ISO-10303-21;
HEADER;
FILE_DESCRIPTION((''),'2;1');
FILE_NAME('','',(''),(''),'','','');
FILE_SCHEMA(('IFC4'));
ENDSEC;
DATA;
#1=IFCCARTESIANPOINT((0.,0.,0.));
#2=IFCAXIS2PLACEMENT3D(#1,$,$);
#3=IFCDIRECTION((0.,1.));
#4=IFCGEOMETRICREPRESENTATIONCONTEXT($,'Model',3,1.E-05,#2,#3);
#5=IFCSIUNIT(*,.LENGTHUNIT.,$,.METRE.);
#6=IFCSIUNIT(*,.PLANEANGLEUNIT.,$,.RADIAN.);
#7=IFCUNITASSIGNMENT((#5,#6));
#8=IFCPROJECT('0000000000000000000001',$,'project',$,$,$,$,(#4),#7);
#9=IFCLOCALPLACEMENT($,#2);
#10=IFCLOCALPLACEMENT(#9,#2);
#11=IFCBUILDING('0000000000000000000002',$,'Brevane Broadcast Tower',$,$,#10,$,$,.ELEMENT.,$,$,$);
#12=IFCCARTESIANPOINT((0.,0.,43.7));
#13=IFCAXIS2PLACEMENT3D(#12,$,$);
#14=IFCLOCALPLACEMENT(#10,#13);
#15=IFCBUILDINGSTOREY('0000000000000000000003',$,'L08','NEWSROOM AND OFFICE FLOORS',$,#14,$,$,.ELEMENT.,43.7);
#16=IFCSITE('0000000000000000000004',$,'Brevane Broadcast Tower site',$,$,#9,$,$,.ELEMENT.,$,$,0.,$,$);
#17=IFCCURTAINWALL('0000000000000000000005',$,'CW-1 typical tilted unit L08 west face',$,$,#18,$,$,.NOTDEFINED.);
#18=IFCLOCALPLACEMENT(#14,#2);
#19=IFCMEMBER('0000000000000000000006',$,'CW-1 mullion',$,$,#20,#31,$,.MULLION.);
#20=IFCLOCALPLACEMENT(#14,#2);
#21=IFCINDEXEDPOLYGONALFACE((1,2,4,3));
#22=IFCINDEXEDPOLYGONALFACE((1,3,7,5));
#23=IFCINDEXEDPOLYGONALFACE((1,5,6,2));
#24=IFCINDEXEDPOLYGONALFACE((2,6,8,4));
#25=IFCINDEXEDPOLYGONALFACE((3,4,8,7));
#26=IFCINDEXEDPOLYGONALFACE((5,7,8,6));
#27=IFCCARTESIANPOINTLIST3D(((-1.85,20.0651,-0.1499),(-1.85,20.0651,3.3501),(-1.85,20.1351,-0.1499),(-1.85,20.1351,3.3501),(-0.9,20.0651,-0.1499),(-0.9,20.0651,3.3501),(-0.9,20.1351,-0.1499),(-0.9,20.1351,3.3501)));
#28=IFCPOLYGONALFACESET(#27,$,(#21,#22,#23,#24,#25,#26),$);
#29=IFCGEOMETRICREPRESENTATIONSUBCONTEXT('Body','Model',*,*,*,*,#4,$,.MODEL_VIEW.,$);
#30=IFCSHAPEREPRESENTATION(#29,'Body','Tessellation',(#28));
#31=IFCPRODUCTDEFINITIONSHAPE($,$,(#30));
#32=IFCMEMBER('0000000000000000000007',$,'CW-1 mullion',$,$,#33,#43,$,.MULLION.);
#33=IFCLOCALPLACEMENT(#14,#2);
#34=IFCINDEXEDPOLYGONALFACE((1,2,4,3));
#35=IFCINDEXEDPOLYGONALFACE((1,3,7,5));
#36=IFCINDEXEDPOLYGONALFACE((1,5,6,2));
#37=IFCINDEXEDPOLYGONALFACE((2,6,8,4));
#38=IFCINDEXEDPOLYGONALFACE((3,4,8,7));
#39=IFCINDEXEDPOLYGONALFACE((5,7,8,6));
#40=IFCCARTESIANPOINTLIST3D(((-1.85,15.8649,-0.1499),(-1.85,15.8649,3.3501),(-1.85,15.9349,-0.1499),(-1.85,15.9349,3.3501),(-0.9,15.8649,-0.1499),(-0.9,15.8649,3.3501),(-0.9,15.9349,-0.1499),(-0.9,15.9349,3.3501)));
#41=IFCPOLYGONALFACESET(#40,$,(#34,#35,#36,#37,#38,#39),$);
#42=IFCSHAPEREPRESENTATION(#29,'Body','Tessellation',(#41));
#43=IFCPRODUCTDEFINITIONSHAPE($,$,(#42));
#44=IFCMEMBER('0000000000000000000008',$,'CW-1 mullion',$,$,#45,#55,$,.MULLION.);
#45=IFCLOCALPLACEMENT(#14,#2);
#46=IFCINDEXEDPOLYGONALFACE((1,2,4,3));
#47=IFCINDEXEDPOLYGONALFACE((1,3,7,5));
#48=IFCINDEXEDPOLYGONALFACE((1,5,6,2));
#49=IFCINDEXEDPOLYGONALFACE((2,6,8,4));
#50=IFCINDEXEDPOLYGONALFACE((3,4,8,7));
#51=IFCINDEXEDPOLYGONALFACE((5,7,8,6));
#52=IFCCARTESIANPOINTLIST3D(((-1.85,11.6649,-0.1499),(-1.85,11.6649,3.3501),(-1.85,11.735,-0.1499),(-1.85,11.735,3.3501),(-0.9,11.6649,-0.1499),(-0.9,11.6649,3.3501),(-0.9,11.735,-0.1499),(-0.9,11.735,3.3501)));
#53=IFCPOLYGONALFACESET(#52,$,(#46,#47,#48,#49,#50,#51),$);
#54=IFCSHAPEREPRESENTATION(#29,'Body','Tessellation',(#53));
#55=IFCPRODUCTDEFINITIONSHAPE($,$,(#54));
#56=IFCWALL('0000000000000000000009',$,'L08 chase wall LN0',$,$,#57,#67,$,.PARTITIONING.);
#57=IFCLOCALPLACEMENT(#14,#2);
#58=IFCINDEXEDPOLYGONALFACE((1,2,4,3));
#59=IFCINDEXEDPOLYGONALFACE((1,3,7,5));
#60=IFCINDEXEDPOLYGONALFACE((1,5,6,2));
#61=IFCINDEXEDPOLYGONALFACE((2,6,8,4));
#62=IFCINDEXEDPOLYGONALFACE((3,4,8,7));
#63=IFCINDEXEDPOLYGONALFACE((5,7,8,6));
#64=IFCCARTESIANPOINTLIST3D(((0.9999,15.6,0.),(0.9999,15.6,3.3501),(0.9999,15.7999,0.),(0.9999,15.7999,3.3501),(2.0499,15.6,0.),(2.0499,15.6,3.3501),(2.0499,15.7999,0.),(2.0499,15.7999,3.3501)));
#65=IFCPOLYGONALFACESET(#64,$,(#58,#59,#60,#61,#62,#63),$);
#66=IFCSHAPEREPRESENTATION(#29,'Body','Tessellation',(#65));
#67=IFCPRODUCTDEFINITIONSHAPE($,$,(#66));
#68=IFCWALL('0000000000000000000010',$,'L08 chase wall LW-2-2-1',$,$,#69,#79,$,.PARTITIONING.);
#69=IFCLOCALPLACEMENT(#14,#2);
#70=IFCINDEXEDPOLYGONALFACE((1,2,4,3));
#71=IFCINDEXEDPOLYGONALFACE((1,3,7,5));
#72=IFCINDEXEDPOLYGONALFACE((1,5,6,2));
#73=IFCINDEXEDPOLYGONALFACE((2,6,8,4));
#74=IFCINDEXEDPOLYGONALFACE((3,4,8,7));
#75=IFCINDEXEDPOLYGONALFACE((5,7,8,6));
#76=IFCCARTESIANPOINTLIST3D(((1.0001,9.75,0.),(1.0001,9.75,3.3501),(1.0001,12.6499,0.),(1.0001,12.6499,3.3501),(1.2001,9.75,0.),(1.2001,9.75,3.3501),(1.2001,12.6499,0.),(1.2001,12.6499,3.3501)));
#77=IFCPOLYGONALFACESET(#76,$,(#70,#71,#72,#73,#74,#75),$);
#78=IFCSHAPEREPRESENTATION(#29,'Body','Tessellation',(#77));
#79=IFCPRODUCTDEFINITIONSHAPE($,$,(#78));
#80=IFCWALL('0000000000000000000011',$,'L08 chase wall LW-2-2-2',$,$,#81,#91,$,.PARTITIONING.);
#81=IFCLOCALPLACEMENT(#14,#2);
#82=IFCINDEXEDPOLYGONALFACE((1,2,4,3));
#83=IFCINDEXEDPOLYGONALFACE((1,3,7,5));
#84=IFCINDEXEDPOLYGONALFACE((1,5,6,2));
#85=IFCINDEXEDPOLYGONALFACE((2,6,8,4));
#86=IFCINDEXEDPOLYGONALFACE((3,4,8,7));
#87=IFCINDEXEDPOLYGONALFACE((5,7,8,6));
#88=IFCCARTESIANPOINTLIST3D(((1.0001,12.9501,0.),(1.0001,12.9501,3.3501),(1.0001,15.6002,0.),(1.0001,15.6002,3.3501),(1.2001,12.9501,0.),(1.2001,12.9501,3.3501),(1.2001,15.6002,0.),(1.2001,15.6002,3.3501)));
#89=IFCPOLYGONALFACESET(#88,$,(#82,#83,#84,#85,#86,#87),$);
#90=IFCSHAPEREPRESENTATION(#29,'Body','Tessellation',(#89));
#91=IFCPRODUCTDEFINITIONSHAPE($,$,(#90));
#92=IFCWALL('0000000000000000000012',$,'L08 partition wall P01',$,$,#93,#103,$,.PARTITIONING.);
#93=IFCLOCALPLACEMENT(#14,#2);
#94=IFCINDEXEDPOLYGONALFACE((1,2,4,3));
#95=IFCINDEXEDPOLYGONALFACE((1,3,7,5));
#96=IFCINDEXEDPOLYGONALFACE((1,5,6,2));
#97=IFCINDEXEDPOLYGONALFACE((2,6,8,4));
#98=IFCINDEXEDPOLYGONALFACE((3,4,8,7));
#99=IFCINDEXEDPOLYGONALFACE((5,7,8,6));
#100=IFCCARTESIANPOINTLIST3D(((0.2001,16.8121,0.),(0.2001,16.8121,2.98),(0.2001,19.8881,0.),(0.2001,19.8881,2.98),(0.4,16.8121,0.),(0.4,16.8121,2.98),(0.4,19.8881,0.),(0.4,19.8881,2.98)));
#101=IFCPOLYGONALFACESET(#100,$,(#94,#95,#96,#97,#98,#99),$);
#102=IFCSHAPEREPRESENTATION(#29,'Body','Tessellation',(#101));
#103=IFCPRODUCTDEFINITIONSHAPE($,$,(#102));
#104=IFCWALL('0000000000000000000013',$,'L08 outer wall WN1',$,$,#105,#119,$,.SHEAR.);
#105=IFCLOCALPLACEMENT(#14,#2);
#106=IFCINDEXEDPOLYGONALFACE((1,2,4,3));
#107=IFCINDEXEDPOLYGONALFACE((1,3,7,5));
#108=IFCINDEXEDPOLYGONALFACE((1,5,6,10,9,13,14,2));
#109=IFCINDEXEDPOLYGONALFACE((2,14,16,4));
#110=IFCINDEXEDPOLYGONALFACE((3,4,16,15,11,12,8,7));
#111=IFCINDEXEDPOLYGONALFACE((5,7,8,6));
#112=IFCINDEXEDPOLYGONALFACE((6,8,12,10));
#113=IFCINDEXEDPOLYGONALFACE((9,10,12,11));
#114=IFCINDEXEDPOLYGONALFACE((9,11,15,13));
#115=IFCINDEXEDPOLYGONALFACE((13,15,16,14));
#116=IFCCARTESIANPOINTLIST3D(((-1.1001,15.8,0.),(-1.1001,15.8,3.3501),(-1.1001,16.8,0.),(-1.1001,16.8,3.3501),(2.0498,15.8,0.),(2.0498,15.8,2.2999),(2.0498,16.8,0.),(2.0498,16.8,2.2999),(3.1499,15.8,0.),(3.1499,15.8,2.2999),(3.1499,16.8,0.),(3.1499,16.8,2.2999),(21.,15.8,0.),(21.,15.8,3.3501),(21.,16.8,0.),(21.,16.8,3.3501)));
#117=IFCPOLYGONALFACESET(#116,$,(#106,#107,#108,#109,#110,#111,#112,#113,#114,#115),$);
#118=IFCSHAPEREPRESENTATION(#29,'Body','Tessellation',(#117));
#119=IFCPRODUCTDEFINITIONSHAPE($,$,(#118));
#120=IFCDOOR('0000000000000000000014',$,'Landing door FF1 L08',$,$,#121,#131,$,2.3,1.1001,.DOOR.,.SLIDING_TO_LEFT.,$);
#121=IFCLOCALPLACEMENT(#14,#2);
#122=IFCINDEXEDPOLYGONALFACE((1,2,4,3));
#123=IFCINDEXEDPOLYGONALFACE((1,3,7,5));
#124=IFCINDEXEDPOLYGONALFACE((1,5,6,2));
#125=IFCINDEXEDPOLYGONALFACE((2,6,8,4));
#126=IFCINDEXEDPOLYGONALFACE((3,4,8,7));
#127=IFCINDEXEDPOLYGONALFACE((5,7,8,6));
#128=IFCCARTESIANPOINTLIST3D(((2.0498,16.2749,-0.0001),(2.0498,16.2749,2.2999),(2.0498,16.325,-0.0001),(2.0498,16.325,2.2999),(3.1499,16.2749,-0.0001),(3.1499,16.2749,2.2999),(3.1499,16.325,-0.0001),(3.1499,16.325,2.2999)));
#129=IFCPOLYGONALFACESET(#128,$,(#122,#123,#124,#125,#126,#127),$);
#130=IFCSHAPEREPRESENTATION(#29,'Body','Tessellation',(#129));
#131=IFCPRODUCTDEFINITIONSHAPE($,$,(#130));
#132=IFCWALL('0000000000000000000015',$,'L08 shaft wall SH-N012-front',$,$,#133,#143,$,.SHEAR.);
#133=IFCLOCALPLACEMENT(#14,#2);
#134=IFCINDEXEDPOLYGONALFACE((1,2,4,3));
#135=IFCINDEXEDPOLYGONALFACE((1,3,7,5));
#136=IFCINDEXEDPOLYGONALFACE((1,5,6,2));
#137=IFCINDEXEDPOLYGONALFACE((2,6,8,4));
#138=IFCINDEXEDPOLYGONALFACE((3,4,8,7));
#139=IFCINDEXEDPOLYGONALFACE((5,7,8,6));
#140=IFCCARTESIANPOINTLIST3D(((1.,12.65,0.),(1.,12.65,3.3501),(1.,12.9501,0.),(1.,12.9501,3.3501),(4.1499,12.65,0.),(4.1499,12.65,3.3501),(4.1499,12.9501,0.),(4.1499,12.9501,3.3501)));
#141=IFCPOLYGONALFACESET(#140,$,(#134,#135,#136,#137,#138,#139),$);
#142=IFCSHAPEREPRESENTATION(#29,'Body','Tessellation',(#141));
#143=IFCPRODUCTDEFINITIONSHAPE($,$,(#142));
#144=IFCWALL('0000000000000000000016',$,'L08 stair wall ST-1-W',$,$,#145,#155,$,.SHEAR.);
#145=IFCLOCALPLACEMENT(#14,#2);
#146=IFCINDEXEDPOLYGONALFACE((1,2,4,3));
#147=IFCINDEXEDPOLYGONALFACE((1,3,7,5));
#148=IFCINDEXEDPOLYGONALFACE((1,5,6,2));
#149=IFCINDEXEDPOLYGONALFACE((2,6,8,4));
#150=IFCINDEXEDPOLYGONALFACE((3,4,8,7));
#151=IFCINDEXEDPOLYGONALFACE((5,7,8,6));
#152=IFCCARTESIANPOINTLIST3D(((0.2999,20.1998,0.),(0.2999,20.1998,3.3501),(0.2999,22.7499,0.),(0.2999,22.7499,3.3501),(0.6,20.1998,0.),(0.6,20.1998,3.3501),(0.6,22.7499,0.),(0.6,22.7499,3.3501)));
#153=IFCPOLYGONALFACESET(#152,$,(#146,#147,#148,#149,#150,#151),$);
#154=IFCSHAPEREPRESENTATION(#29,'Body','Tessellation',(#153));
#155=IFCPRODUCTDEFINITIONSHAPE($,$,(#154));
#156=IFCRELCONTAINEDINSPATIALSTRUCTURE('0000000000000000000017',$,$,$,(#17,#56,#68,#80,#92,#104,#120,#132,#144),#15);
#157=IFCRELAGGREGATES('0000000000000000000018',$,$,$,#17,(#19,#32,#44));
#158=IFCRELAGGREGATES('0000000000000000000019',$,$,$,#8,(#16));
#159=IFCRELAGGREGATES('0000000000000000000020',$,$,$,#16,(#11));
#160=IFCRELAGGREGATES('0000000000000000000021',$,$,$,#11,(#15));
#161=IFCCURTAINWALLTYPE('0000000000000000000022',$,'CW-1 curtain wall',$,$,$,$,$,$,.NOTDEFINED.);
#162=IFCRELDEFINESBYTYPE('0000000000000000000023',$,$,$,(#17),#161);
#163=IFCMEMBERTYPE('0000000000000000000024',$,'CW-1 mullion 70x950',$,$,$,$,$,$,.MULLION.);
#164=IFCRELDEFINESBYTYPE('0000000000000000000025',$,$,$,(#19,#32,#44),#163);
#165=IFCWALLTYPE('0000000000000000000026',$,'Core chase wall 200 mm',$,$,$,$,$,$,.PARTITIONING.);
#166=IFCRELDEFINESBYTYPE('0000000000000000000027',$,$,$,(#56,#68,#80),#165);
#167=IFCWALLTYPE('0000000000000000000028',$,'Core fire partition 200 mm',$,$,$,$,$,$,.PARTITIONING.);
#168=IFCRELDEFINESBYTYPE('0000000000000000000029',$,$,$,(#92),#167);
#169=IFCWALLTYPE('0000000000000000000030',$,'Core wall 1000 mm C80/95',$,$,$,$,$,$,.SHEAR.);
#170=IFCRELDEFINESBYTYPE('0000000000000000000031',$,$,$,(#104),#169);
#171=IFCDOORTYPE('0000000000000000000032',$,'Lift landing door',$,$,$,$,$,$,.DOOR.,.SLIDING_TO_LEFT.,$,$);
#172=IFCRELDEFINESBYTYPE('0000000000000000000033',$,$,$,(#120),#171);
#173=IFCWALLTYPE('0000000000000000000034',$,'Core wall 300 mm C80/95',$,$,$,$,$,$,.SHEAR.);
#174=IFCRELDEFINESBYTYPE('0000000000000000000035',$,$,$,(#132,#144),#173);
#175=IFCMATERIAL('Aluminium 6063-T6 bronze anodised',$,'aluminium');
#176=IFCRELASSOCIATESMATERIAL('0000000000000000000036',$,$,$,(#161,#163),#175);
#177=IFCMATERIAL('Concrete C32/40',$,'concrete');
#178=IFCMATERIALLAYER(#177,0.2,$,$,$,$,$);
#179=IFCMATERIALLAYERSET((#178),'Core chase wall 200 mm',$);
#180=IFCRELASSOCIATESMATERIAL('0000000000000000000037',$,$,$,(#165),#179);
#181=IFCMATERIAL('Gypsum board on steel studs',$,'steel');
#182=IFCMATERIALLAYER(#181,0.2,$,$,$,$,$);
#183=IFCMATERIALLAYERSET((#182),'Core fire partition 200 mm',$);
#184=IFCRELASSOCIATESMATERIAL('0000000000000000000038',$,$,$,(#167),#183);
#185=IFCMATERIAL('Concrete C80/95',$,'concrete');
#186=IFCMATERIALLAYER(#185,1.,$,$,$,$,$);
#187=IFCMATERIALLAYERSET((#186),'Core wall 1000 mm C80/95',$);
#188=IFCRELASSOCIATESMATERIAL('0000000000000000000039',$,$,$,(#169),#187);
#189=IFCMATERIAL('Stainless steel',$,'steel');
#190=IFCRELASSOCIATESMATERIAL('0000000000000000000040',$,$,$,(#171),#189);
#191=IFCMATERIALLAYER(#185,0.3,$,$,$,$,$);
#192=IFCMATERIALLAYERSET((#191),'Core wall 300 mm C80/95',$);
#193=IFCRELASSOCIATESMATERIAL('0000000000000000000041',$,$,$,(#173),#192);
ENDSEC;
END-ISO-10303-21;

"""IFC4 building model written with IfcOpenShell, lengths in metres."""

from ifc_helpers import new_model, si_unit, direction, frame, frame_2d, origin, origin_2d, place, context, subcontext, project, spatial, rectangle, extrude, material, layer, layer_set, material_profile, profile_set, type_object, element, fill, aggregate, save


model = new_model("IFC4")

# Units and contexts
model_context = context("Model", 3, precision=1e-05, world=origin(), true_north=direction((0.0, 1.0)))
body_context = subcontext(model_context, "Body", "Model", "MODEL_VIEW")
ifc_project = project(units=[si_unit("LENGTHUNIT", "METRE"), si_unit("PLANEANGLEUNIT", "RADIAN")], contexts=[model_context])

# Site, building, storey
site_placement = place(None, origin())
site = spatial("IfcSite", under=ifc_project, at=site_placement, Name="Brevane Broadcast Tower site", CompositionType="ELEMENT", RefElevation=0.0)
building_placement = place(site_placement, origin())
building = spatial("IfcBuilding", under=site, at=building_placement, Name="Brevane Broadcast Tower", CompositionType="ELEMENT")
storey_placement = place(building_placement, frame((0.0, 0.0, 43.7)))
storey = spatial("IfcBuildingStorey", under=building, at=storey_placement, Name="L08", Description="NEWSROOM AND OFFICE FLOORS", CompositionType="ELEMENT", Elevation=43.7)

# Curtain wall, members
ifc_material_1 = material(Name="Aluminium 6063-T6 bronze anodised", Category="aluminium")
curtain_wall_type = type_object("IfcCurtainWallType", Name="CW-1 curtain wall", PredefinedType="NOTDEFINED", material=ifc_material_1)
curtain_wall_placement = place(storey_placement, origin())
curtain_wall = element("IfcCurtainWall", 1, at=curtain_wall_placement, inside=storey, type_object=curtain_wall_type, Name="CW-1 typical tilted unit L08 west face", PredefinedType="NOTDEFINED")
ifc_material_profile = material_profile(ifc_material_1, rectangle(XDim=0.95, YDim=0.0701, at=origin_2d()), Name="RECT 70x950")
ifc_profile_set = profile_set([ifc_material_profile], Name="Aluminium 6063-T6 bronze anodised")
member_type = type_object("IfcMemberType", Name="CW-1 mullion 70x950", PredefinedType="MULLION", material=ifc_profile_set)
member_1_placement = place(storey_placement, frame((-1.375, 20.1001, -0.1499), z_axis=(0.0, 0.0, 1.0), x_axis=(1.0, 0.0, 0.0)))
member_1 = element("IfcMember", 2, at=member_1_placement, type_object=member_type, Name="CW-1 mullion", PredefinedType="MULLION", context=body_context, shape_type="SweptSolid", body=[
    extrude(rectangle(XDim=0.95, YDim=0.0701, at=origin_2d()), origin(), (0.0, 0.0, 1.0), 3.5),
])
member_2_placement = place(storey_placement, frame((-1.375, 15.8999, -0.1499), z_axis=(0.0, 0.0, 1.0), x_axis=(1.0, 0.0, 0.0)))
member_2 = element("IfcMember", 3, at=member_2_placement, type_object=member_type, Name="CW-1 mullion", PredefinedType="MULLION", context=body_context, shape_type="SweptSolid", body=[
    extrude(rectangle(XDim=0.95, YDim=0.0701, at=origin_2d()), origin(), (0.0, 0.0, 1.0), 3.5),
])
member_3_placement = place(storey_placement, frame((-1.375, 11.7, -0.1499), z_axis=(0.0, 0.0, 1.0), x_axis=(1.0, 0.0, 0.0)))
member_3 = element("IfcMember", 4, at=member_3_placement, type_object=member_type, Name="CW-1 mullion", PredefinedType="MULLION", context=body_context, shape_type="SweptSolid", body=[
    extrude(rectangle(XDim=0.95, YDim=0.0701, at=origin_2d()), origin(), (0.0, 0.0, 1.0), 3.5),
])
aggregate(curtain_wall, [member_1, member_2, member_3])

# Walls
ifc_material_2 = material(Name="Concrete C32/40", Category="concrete")
ifc_layer_1 = layer(ifc_material_2, 0.2)
ifc_layer_set_1 = layer_set([ifc_layer_1], Name="Core chase wall 200 mm")
wall_type_1 = type_object("IfcWallType", Name="Core chase wall 200 mm", PredefinedType="PARTITIONING", material=ifc_layer_set_1)
wall_1_placement = place(storey_placement, frame((1.0, 15.7, 0.0), z_axis=(0.0, 0.0, 1.0), x_axis=(1.0, 0.0, 0.0)))
element("IfcWall", 5, at=wall_1_placement, inside=storey, type_object=wall_type_1, Name="L08 chase wall LN0", PredefinedType="PARTITIONING", context=body_context, shape_type="SweptSolid", body=[
    extrude(rectangle(XDim=1.05, YDim=0.2, at=frame_2d((0.5249, 0.0))), origin(), (0.0, 0.0, 1.0), 3.3501),
])
wall_2_placement = place(storey_placement, frame((1.1001, 9.75, 0.0), z_axis=(0.0, 0.0, 1.0), x_axis=(0.0, 1.0, 0.0)))
element("IfcWall", 6, at=wall_2_placement, inside=storey, type_object=wall_type_1, Name="L08 chase wall LW-2-2-1", PredefinedType="PARTITIONING", context=body_context, shape_type="SweptSolid", body=[
    extrude(rectangle(XDim=2.8999, YDim=0.2, at=frame_2d((1.45, 0.0))), origin(), (0.0, 0.0, 1.0), 3.3501),
])
wall_3_placement = place(storey_placement, frame((1.1001, 12.95, 0.0), z_axis=(0.0, 0.0, 1.0), x_axis=(0.0, 1.0, 0.0)))
element("IfcWall", 7, at=wall_3_placement, inside=storey, type_object=wall_type_1, Name="L08 chase wall LW-2-2-2", PredefinedType="PARTITIONING", context=body_context, shape_type="SweptSolid", body=[
    extrude(rectangle(XDim=2.6501, YDim=0.2, at=frame_2d((1.3252, 0.0))), origin(), (0.0, 0.0, 1.0), 3.3501),
])
ifc_material_3 = material(Name="Gypsum board on steel studs", Category="steel")
ifc_layer_2 = layer(ifc_material_3, 0.2)
ifc_layer_set_2 = layer_set([ifc_layer_2], Name="Core fire partition 200 mm")
wall_type_2 = type_object("IfcWallType", Name="Core fire partition 200 mm", PredefinedType="PARTITIONING", material=ifc_layer_set_2)
wall_4_placement = place(storey_placement, frame((0.3, 16.812, 0.0), z_axis=(0.0, 0.0, 1.0), x_axis=(0.0, 1.0, 0.0)))
element("IfcWall", 8, at=wall_4_placement, inside=storey, type_object=wall_type_2, Name="L08 partition wall P01", PredefinedType="PARTITIONING", context=body_context, shape_type="SweptSolid", body=[
    extrude(rectangle(XDim=3.0759, YDim=0.2, at=frame_2d((1.5381, 0.0))), origin(), (0.0, 0.0, 1.0), 2.98),
])

# Wall, opening, door
ifc_material_4 = material(Name="Concrete C80/95", Category="concrete")
ifc_layer_3 = layer(ifc_material_4, 1.0)
ifc_layer_set_3 = layer_set([ifc_layer_3], Name="Core wall 1000 mm C80/95")
wall_type_3 = type_object("IfcWallType", Name="Core wall 1000 mm C80/95", PredefinedType="SHEAR", material=ifc_layer_set_3)
wall_5_placement = place(storey_placement, frame((-1.1001, 16.3, 0.0), z_axis=(0.0, 0.0, 1.0), x_axis=(1.0, 0.0, 0.0)))
wall_5 = element("IfcWall", 9, at=wall_5_placement, inside=storey, type_object=wall_type_3, Name="L08 outer wall WN1", PredefinedType="SHEAR", context=body_context, shape_type="SweptSolid", body=[
    extrude(rectangle(XDim=22.1001, YDim=1.0, at=frame_2d((11.05, 0.0))), origin(), (0.0, 0.0, 1.0), 3.3501),
])
opening_placement = place(wall_5_placement, frame((3.1499, 0.0, 0.0)))
opening = element("IfcOpeningElement", 10, at=opening_placement, cuts=wall_5, PredefinedType="OPENING", context=body_context, shape_type="SweptSolid", body=[
    extrude(rectangle(XDim=1.1001, YDim=2.3, at=frame_2d((0.55, 1.1499))), frame((0.0, 0.51, 0.0), z_axis=(0.0, -1.0, 0.0), x_axis=(1.0, 0.0, 0.0)), (0.0, 0.0, 1.0), 1.02),
])
ifc_material_5 = material(Name="Stainless steel", Category="steel")
door_type = type_object("IfcDoorType", Name="Lift landing door", OperationType="SLIDING_TO_LEFT", PredefinedType="DOOR", material=ifc_material_5)
door_placement = place(opening_placement, origin())
door = element("IfcDoor", 11, at=door_placement, inside=storey, type_object=door_type, Name="Landing door FF1 L08", OperationType="SLIDING_TO_LEFT", OverallHeight=2.3, OverallWidth=1.1001, PredefinedType="DOOR", context=body_context, shape_type="SweptSolid", body=[
    extrude(rectangle(XDim=1.1001, YDim=2.3, at=frame_2d((0.55, 1.1499))), frame((0.0, 0.0249, 0.0), z_axis=(0.0, -1.0, 0.0), x_axis=(1.0, 0.0, 0.0)), (0.0, 0.0, 1.0), 0.05),
])
fill(opening, door)

# Walls
ifc_layer_4 = layer(ifc_material_4, 0.3)
ifc_layer_set_4 = layer_set([ifc_layer_4], Name="Core wall 300 mm C80/95")
wall_type_4 = type_object("IfcWallType", Name="Core wall 300 mm C80/95", PredefinedType="SHEAR", material=ifc_layer_set_4)
wall_6_placement = place(storey_placement, frame((1.0, 12.8, 0.0), z_axis=(0.0, 0.0, 1.0), x_axis=(1.0, 0.0, 0.0)))
element("IfcWall", 12, at=wall_6_placement, inside=storey, type_object=wall_type_4, Name="L08 shaft wall SH-N012-front", PredefinedType="SHEAR", context=body_context, shape_type="SweptSolid", body=[
    extrude(rectangle(XDim=3.1499, YDim=0.3, at=frame_2d((1.575, 0.0))), origin(), (0.0, 0.0, 1.0), 3.3501),
])
wall_7_placement = place(storey_placement, frame((0.45, 20.2, 0.0), z_axis=(0.0, 0.0, 1.0), x_axis=(0.0, 1.0, 0.0)))
element("IfcWall", 13, at=wall_7_placement, inside=storey, type_object=wall_type_4, Name="L08 stair wall ST-1-W", PredefinedType="SHEAR", context=body_context, shape_type="SweptSolid", body=[
    extrude(rectangle(XDim=2.55, YDim=0.3, at=frame_2d((1.2749, 0.0))), origin(), (0.0, 0.0, 1.0), 3.3501),
])

save(model, "model.ifc")
